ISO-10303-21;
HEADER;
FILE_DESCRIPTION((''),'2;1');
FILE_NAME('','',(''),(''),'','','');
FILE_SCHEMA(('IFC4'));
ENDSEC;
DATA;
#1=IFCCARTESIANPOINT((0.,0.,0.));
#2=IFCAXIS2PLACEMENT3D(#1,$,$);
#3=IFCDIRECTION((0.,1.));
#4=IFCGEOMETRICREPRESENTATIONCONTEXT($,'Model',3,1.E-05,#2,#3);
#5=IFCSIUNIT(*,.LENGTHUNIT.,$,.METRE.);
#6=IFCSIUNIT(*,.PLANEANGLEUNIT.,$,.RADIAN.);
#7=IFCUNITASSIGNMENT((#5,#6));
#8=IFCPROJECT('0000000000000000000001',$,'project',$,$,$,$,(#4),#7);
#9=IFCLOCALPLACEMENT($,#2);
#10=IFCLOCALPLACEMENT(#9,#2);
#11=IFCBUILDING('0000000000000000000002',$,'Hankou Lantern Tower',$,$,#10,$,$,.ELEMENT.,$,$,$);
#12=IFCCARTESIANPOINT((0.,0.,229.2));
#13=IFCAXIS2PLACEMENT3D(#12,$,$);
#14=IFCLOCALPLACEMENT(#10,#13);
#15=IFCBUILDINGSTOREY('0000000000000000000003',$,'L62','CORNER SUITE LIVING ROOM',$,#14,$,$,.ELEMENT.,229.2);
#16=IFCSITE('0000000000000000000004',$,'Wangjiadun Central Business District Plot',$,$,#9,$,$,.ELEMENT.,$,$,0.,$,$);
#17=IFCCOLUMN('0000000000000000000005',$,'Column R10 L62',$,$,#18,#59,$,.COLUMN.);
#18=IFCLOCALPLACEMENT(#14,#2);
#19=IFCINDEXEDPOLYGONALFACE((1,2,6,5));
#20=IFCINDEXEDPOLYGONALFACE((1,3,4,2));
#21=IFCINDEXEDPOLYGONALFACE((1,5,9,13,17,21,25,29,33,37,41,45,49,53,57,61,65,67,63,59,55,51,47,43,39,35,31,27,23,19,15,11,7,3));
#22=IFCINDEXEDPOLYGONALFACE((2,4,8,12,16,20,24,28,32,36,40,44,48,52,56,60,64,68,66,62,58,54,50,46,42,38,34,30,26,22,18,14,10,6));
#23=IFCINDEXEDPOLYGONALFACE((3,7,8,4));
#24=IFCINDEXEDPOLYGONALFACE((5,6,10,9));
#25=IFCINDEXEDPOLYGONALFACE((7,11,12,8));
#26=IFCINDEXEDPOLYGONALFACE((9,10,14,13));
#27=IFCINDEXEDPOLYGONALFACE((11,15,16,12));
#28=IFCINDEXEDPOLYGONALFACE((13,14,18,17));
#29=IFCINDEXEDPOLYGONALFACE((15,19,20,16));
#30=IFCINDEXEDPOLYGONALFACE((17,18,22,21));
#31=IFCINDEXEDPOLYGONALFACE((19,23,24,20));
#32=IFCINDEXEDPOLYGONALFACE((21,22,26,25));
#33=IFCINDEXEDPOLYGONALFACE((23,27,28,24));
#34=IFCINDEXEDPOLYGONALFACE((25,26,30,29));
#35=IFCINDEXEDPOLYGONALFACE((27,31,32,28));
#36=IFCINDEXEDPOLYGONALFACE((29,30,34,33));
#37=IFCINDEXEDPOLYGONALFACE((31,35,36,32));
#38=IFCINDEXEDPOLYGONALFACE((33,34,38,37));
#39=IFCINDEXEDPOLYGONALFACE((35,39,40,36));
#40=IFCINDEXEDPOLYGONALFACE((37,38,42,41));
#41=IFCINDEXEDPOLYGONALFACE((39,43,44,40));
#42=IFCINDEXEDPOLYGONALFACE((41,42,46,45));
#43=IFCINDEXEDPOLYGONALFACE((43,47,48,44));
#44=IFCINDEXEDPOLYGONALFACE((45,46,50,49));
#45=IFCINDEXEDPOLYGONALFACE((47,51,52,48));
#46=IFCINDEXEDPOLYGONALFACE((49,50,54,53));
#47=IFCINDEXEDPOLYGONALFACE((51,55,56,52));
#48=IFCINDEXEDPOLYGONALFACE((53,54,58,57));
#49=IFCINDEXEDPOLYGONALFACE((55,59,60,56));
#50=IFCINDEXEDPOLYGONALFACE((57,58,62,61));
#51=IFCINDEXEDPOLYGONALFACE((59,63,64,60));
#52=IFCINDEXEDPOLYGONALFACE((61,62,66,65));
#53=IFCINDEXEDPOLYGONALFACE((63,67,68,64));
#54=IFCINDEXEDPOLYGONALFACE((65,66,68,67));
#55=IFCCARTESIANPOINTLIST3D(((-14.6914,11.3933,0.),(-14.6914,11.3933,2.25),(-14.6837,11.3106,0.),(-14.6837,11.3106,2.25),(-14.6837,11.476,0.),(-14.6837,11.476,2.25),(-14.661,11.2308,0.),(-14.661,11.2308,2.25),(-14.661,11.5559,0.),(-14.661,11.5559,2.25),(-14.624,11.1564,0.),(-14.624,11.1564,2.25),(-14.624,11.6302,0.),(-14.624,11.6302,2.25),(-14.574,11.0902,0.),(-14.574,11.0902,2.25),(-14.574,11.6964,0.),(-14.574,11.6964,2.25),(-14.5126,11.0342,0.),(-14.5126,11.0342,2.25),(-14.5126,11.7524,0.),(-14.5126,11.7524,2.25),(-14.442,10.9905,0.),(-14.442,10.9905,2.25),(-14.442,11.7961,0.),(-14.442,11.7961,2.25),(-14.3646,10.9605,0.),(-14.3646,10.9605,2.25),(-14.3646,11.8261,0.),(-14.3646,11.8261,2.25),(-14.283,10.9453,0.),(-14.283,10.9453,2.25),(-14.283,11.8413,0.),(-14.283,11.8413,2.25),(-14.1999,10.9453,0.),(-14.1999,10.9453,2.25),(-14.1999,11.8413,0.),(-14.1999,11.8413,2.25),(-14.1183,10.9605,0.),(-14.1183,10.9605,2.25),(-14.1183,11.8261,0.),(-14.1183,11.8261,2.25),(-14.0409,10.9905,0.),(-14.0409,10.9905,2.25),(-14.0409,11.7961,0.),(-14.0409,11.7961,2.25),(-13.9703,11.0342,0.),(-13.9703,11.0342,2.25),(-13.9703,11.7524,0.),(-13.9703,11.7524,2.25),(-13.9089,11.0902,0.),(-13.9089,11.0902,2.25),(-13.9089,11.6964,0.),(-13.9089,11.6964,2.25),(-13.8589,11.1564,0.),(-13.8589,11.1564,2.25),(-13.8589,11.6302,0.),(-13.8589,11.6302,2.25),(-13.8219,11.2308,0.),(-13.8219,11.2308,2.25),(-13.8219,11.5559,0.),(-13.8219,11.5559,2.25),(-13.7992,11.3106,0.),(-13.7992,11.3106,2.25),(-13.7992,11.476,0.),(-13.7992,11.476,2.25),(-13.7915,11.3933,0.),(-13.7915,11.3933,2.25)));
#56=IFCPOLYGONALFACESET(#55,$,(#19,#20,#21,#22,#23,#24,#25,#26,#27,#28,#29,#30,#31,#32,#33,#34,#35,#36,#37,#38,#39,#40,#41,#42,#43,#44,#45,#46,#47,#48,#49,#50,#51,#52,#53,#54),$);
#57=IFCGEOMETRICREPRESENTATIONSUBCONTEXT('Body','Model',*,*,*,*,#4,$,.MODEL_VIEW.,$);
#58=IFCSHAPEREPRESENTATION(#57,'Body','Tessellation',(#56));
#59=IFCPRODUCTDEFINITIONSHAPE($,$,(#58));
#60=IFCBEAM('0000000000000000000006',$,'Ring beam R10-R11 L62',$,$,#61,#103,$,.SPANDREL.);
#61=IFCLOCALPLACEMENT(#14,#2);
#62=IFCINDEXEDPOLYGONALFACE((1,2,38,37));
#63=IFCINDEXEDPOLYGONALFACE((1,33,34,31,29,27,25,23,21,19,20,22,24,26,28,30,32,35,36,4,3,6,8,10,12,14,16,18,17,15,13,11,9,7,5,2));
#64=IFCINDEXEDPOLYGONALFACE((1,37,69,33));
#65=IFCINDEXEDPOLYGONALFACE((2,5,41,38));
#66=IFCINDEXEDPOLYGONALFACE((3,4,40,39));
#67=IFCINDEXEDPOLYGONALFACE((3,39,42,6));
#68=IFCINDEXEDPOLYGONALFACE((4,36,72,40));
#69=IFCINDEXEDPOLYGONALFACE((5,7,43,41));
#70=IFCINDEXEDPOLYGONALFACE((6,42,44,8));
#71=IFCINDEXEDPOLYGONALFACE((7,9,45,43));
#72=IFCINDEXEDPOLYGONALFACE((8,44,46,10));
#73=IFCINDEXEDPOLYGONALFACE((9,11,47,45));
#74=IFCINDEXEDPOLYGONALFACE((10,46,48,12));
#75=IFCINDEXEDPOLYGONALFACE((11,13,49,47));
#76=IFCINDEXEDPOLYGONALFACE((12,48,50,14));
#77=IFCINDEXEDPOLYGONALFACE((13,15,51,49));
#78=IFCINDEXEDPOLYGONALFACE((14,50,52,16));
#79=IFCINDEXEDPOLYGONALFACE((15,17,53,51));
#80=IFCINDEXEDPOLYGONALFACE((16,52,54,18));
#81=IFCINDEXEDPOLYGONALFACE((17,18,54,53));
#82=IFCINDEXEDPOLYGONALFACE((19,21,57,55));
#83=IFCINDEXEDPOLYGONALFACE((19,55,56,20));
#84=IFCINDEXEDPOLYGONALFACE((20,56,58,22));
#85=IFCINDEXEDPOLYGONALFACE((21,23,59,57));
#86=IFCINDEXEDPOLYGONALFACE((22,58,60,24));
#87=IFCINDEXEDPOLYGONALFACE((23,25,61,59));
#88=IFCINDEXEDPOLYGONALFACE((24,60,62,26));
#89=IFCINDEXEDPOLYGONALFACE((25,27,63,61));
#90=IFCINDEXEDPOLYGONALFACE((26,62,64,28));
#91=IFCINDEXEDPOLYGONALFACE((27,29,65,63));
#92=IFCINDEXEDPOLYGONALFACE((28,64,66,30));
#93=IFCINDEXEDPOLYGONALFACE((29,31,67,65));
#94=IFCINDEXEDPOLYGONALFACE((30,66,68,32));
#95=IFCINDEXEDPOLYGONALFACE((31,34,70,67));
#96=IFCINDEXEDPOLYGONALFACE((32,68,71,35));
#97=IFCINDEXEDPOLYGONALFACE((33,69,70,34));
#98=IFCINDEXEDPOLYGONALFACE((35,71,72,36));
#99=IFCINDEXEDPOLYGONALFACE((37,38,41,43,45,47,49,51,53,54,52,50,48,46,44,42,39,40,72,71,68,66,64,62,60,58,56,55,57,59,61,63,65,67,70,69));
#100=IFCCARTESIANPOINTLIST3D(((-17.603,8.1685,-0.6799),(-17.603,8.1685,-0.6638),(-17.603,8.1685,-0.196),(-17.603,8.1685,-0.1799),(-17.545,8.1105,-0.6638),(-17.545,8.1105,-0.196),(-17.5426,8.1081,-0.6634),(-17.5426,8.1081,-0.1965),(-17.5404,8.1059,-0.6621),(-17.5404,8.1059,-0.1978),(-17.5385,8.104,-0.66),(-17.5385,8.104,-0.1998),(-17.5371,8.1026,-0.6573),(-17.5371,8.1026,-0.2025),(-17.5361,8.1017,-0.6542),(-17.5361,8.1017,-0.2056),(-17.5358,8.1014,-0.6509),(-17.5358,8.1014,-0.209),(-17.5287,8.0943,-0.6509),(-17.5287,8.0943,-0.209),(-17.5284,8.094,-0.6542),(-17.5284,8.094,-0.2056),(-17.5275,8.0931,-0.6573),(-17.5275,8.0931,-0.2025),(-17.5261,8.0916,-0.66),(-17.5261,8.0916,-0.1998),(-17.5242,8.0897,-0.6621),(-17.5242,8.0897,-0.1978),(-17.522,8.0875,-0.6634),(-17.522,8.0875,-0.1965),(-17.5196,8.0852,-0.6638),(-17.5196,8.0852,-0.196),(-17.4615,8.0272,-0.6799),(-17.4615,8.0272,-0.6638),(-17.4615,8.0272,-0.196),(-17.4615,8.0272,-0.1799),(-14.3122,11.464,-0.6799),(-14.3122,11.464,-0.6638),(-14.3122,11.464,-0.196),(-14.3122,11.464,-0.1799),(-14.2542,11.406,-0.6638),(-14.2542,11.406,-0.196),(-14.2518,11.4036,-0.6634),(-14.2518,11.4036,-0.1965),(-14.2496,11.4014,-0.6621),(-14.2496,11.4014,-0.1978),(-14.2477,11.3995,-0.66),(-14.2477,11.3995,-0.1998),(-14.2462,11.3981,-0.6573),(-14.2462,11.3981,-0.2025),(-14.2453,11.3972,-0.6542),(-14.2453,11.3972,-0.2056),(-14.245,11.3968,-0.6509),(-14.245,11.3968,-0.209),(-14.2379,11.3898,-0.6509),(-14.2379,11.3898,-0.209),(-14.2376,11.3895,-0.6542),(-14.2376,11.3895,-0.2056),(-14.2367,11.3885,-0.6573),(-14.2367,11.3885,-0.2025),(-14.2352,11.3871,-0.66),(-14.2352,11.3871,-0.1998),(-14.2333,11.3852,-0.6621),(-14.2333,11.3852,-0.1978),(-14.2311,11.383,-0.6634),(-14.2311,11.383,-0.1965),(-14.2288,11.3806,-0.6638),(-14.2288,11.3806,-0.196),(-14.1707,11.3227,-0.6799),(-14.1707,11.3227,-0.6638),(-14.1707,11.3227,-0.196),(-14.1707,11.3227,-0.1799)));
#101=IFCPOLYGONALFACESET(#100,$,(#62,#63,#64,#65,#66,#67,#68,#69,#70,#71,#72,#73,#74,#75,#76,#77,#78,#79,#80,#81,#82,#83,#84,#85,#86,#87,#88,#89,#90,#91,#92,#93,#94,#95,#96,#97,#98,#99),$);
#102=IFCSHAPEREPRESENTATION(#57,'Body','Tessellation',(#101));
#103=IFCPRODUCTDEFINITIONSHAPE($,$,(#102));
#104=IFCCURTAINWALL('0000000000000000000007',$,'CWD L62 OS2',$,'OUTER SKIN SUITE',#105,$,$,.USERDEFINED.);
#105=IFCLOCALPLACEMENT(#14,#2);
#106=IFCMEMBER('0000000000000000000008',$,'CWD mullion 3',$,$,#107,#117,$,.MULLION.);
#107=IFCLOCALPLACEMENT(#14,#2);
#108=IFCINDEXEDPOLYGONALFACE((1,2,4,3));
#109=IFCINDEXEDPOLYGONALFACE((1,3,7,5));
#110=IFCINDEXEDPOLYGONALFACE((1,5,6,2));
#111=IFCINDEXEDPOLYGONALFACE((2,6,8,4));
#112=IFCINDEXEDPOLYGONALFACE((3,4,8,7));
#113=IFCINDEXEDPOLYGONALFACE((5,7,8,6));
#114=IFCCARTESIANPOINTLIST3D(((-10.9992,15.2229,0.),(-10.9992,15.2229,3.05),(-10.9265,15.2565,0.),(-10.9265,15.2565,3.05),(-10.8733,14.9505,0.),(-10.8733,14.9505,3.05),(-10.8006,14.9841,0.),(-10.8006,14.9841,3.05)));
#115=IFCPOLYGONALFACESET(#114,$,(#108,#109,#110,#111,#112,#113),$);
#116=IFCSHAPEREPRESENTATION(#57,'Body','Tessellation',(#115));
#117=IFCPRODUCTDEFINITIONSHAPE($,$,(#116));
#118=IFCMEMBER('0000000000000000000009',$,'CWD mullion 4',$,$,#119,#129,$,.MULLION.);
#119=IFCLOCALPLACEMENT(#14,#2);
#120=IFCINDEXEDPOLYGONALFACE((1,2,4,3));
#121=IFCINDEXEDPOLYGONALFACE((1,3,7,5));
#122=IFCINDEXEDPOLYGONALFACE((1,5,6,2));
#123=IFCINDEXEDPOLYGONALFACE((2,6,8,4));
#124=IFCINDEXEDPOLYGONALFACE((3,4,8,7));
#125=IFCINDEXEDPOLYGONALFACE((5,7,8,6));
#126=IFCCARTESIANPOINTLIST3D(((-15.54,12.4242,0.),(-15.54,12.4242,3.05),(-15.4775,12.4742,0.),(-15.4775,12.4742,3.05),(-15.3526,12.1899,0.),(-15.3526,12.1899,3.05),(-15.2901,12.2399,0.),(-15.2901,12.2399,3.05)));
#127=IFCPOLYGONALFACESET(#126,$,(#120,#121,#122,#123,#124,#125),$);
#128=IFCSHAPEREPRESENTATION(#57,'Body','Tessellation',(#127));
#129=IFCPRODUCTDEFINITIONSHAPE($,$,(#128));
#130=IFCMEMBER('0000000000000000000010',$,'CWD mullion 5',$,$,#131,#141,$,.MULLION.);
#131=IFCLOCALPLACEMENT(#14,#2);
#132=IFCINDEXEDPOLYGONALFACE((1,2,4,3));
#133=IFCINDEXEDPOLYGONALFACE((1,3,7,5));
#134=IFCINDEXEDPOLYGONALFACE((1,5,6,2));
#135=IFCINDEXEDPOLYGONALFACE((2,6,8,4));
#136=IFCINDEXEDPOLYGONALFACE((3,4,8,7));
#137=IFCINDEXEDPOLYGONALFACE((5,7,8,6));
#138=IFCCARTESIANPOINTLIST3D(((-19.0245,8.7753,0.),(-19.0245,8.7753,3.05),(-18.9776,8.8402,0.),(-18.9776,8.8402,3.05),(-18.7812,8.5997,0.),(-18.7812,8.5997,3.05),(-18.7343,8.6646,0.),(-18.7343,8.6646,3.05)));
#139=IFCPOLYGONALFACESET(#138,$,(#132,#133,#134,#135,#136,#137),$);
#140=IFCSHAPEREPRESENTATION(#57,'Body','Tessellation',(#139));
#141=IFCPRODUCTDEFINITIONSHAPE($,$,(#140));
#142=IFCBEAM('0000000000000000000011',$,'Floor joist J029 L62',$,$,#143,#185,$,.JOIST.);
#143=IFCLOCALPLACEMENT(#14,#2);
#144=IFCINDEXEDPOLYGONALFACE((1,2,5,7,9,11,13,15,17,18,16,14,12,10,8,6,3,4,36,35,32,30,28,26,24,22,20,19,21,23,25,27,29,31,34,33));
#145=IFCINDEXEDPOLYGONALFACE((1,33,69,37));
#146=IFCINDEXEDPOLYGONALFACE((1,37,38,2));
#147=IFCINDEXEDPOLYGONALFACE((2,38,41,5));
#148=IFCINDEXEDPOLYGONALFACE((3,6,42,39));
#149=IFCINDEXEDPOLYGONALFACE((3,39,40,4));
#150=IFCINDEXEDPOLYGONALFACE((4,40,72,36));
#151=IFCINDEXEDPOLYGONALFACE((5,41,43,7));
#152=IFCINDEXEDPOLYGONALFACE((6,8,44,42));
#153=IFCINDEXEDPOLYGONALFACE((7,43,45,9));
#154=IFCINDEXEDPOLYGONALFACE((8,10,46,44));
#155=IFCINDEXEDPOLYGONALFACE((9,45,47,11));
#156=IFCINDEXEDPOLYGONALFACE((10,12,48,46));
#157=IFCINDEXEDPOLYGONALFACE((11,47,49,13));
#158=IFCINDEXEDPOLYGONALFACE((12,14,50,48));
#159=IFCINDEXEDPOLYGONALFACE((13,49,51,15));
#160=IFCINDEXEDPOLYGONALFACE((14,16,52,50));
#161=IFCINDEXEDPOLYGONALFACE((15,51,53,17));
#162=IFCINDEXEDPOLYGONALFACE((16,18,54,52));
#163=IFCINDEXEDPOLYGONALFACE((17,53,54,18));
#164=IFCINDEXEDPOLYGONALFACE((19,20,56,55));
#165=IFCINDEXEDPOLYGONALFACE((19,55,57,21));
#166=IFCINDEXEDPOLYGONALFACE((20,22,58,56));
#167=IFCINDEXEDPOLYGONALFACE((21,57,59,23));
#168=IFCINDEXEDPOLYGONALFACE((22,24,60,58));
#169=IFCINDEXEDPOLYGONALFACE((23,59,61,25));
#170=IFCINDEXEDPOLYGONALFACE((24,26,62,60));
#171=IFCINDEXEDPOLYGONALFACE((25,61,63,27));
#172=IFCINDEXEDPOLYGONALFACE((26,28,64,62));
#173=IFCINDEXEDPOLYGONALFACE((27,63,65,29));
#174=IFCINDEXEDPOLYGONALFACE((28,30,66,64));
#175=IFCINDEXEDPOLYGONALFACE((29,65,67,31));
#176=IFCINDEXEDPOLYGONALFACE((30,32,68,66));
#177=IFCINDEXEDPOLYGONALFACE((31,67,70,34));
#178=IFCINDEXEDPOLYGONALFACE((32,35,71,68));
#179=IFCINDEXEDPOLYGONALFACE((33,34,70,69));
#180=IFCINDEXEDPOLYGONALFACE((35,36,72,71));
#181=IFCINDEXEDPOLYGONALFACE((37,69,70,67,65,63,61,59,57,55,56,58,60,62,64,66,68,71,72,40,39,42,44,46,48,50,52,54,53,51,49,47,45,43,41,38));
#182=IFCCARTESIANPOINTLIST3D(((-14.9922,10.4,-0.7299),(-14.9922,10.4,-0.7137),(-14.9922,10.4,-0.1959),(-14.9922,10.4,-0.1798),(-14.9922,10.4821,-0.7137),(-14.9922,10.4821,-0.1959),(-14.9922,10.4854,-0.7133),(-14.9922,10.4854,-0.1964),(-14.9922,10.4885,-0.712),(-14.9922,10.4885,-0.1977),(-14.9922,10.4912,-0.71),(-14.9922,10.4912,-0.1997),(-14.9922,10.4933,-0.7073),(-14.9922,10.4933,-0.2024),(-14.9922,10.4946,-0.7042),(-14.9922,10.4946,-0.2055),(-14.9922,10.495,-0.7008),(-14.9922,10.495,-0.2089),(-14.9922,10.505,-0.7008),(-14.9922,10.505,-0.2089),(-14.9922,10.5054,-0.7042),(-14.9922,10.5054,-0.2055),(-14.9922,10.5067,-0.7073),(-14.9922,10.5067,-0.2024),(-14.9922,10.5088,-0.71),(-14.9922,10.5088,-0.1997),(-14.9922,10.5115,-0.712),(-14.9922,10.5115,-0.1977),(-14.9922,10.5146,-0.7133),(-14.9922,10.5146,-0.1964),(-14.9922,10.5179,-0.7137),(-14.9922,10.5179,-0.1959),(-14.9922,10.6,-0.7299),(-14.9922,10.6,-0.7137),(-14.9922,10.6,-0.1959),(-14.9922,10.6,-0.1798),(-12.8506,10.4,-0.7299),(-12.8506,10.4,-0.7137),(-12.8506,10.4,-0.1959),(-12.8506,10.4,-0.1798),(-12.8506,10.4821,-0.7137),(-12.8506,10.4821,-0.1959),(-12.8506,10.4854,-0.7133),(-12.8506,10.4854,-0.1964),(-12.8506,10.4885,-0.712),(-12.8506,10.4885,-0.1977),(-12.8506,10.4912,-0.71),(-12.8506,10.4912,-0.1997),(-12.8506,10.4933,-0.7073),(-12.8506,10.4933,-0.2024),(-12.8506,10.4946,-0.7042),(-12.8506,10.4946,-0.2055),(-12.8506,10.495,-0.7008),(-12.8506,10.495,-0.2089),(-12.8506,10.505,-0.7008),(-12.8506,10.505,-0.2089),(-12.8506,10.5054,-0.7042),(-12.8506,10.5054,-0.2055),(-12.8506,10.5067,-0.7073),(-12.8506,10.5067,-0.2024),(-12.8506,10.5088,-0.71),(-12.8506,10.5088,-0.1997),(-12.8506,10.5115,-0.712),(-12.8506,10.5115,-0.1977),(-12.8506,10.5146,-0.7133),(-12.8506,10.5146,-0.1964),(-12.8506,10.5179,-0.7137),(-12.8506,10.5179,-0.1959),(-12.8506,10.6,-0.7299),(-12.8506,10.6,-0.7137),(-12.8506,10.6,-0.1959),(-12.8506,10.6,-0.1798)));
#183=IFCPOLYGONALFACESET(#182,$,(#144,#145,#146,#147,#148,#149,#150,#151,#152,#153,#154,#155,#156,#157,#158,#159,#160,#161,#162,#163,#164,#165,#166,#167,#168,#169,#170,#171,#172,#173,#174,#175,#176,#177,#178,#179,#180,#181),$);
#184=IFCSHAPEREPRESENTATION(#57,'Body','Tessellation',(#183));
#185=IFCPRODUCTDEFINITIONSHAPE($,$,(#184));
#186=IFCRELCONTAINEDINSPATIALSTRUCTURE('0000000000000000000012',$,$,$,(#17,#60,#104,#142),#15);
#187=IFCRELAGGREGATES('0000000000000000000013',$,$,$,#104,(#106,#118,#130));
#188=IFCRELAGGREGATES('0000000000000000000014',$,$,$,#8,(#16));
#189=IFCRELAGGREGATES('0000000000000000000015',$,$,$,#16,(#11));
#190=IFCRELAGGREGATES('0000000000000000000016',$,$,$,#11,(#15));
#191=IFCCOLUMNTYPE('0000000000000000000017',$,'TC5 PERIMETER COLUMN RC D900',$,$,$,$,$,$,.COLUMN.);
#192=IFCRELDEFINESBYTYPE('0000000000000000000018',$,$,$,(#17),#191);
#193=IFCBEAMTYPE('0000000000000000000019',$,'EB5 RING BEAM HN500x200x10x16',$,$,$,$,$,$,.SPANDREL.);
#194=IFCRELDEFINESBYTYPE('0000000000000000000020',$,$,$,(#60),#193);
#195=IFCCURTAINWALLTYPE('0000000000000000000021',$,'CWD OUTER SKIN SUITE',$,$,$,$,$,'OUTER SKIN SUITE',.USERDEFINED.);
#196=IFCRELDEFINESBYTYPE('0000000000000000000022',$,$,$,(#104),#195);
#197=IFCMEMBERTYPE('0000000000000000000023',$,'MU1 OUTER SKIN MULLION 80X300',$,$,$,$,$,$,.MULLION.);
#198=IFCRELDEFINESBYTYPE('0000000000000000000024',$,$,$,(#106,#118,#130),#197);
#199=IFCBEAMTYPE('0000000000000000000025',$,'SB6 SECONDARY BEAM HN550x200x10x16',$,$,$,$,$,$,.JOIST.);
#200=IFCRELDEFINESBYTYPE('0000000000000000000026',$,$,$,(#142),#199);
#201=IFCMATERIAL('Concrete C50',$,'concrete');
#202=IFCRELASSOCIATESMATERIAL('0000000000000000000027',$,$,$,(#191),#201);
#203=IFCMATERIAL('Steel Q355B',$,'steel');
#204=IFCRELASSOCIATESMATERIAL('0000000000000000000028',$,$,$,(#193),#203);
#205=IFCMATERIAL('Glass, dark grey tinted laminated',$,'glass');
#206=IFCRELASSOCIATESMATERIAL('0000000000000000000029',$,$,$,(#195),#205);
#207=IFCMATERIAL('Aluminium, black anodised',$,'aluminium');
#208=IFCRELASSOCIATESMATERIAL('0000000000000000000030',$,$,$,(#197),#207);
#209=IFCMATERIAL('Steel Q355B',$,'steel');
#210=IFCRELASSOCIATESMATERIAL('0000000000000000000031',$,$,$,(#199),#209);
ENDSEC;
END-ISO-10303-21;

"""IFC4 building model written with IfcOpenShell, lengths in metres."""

from ifc_helpers import new_model, si_unit, direction, frame, origin, origin_2d, place, context, subcontext, project, spatial, rectangle, circle, i_section, extrude, clip, halfspace, material, material_profile, profile_set, type_object, element, aggregate, save


model = new_model("IFC4")

# Units and contexts
model_context = context("Model", 3, precision=1e-05, world=origin(), true_north=direction((0.0, 1.0)))
body_context = subcontext(model_context, "Body", "Model", "MODEL_VIEW")
ifc_project = project(units=[si_unit("LENGTHUNIT", "METRE"), si_unit("PLANEANGLEUNIT", "RADIAN")], contexts=[model_context])

# Site, building, storey
site_placement = place(None, origin())
site = spatial("IfcSite", under=ifc_project, at=site_placement, Name="Wangjiadun Central Business District Plot", CompositionType="ELEMENT", RefElevation=0.0)
building_placement = place(site_placement, origin())
building = spatial("IfcBuilding", under=site, at=building_placement, Name="Hankou Lantern Tower", CompositionType="ELEMENT")
storey_placement = place(building_placement, frame((0.0, 0.0, 229.2)))
storey = spatial("IfcBuildingStorey", under=building, at=storey_placement, Name="L62", Description="CORNER SUITE LIVING ROOM", CompositionType="ELEMENT", Elevation=229.2)

# Column
ifc_material_1 = material(Name="Concrete C50", Category="concrete")
ifc_material_profile_1 = material_profile(ifc_material_1, circle(Radius=0.45, at=origin_2d()), Name="RC D900")
ifc_profile_set_1 = profile_set([ifc_material_profile_1], Name="Concrete C50")
column_type = type_object("IfcColumnType", Name="TC5 PERIMETER COLUMN RC D900", PredefinedType="COLUMN", material=ifc_profile_set_1)
column_placement = place(storey_placement, frame((-14.2415, 11.3933, 0.0), z_axis=(0.0, 0.0, 1.0), x_axis=(1.0, 0.0, 0.0)))
element("IfcColumn", 1, at=column_placement, inside=storey, type_object=column_type, Name="Column R10 L62", PredefinedType="COLUMN", context=body_context, shape_type="Clipping", body=[
    clip(extrude(circle(Radius=0.45, at=origin_2d()), origin(), (0.0, 0.0, 1.0), 3.3), halfspace(frame((0.0, 0.0, 2.25), z_axis=(0.0, 0.0, 1.0), x_axis=(1.0, 0.0, 0.0)), False)),
])

# Beam
ifc_material_2 = material(Name="Steel Q355B", Category="steel")
ifc_material_profile_2 = material_profile(ifc_material_2, i_section(OverallWidth=0.2, OverallDepth=0.5, WebThickness=0.01, FlangeThickness=0.0161, FilletRadius=0.0129, at=origin_2d()), Name="HN500x200x10x16")
ifc_profile_set_2 = profile_set([ifc_material_profile_2], Name="Steel Q355B")
beam_type_1 = type_object("IfcBeamType", Name="EB5 RING BEAM HN500x200x10x16", PredefinedType="SPANDREL", material=ifc_profile_set_2)
beam_1_placement = place(storey_placement, frame((-14.2415, 11.3933, -0.4299), z_axis=(-0.706609, -0.707605, 0.0), x_axis=(0.707605, -0.706609, 0.0)))
element("IfcBeam", 2, at=beam_1_placement, inside=storey, type_object=beam_type_1, Name="Ring beam R10-R11 L62", PredefinedType="SPANDREL", context=body_context, shape_type="SweptSolid", body=[
    extrude(i_section(OverallWidth=0.2, OverallDepth=0.5, WebThickness=0.01, FlangeThickness=0.0161, FilletRadius=0.0129, at=origin_2d()), origin(), (0.0, 0.0, 1.0), 4.6572),
])

# Curtain wall, members
ifc_material_3 = material(Name="Glass, dark grey tinted laminated", Category="glass")
curtain_wall_type = type_object("IfcCurtainWallType", Name="CWD OUTER SKIN SUITE", ElementType="OUTER SKIN SUITE", PredefinedType="USERDEFINED", material=ifc_material_3)
curtain_wall_placement = place(storey_placement, origin())
curtain_wall = element("IfcCurtainWall", 3, at=curtain_wall_placement, inside=storey, type_object=curtain_wall_type, Name="CWD L62 OS2", ObjectType="OUTER SKIN SUITE", PredefinedType="USERDEFINED")
ifc_material_4 = material(Name="Aluminium, black anodised", Category="aluminium")
ifc_material_profile_3 = material_profile(ifc_material_4, rectangle(XDim=0.0801, YDim=0.3, at=origin_2d()), Name="MU1 80X300")
ifc_profile_set_3 = profile_set([ifc_material_profile_3], Name="Aluminium, black anodised")
member_type_1 = type_object("IfcMemberType", Name="MU1 OUTER SKIN MULLION 80X300", PredefinedType="MULLION", material=ifc_profile_set_3)
member_1_placement = place(storey_placement, frame((-10.8999, 15.1035, 0.0), z_axis=(0.0, 0.0, 1.0), x_axis=(-0.907841, -0.419314, 0.0)))
member_1 = element("IfcMember", 4, at=member_1_placement, type_object=member_type_1, Name="CWD mullion 3", PredefinedType="MULLION", context=body_context, shape_type="SweptSolid", body=[
    extrude(rectangle(XDim=0.0801, YDim=0.3, at=origin_2d()), origin(), (0.0, 0.0, 1.0), 3.05),
])
member_2_placement = place(storey_placement, frame((-15.415, 12.332, 0.0), z_axis=(0.0, 0.0, 1.0), x_axis=(-0.780869, -0.624695, 0.0)))
member_2 = element("IfcMember", 5, at=member_2_placement, type_object=member_type_1, Name="CWD mullion 4", PredefinedType="MULLION", context=body_context, shape_type="SweptSolid", body=[
    extrude(rectangle(XDim=0.0801, YDim=0.3, at=origin_2d()), origin(), (0.0, 0.0, 1.0), 3.05),
])
member_3_placement = place(storey_placement, frame((-18.8794, 8.72, 0.0), z_axis=(0.0, 0.0, 1.0), x_axis=(-0.585206, -0.810885, 0.0)))
member_3 = element("IfcMember", 6, at=member_3_placement, type_object=member_type_1, Name="CWD mullion 5", PredefinedType="MULLION", context=body_context, shape_type="SweptSolid", body=[
    extrude(rectangle(XDim=0.0801, YDim=0.3, at=origin_2d()), origin(), (0.0, 0.0, 1.0), 3.05),
])

# Beam
ifc_material_5 = material(Name="Steel Q355B", Category="steel")
ifc_material_profile_4 = material_profile(ifc_material_5, i_section(OverallWidth=0.2, OverallDepth=0.55, WebThickness=0.01, FlangeThickness=0.0161, FilletRadius=0.0129, at=origin_2d()), Name="HN550x200x10x16")
ifc_profile_set_4 = profile_set([ifc_material_profile_4], Name="Steel Q355B")
beam_type_2 = type_object("IfcBeamType", Name="SB6 SECONDARY BEAM HN550x200x10x16", PredefinedType="JOIST", material=ifc_profile_set_4)
beam_2_placement = place(storey_placement, frame((-14.9922, 10.5, -0.4548), z_axis=(1.0, 0.0, 0.0), x_axis=(0.0, 1.0, 0.0)))
element("IfcBeam", 7, at=beam_2_placement, inside=storey, type_object=beam_type_2, Name="Floor joist J029 L62", PredefinedType="JOIST", context=body_context, shape_type="SweptSolid", body=[
    extrude(i_section(OverallWidth=0.2, OverallDepth=0.55, WebThickness=0.01, FlangeThickness=0.0161, FilletRadius=0.0129, at=origin_2d()), origin(), (0.0, 0.0, 1.0), 2.1416),
])

aggregate(curtain_wall, [member_1, member_2, member_3])

save(model, "model.ifc")
